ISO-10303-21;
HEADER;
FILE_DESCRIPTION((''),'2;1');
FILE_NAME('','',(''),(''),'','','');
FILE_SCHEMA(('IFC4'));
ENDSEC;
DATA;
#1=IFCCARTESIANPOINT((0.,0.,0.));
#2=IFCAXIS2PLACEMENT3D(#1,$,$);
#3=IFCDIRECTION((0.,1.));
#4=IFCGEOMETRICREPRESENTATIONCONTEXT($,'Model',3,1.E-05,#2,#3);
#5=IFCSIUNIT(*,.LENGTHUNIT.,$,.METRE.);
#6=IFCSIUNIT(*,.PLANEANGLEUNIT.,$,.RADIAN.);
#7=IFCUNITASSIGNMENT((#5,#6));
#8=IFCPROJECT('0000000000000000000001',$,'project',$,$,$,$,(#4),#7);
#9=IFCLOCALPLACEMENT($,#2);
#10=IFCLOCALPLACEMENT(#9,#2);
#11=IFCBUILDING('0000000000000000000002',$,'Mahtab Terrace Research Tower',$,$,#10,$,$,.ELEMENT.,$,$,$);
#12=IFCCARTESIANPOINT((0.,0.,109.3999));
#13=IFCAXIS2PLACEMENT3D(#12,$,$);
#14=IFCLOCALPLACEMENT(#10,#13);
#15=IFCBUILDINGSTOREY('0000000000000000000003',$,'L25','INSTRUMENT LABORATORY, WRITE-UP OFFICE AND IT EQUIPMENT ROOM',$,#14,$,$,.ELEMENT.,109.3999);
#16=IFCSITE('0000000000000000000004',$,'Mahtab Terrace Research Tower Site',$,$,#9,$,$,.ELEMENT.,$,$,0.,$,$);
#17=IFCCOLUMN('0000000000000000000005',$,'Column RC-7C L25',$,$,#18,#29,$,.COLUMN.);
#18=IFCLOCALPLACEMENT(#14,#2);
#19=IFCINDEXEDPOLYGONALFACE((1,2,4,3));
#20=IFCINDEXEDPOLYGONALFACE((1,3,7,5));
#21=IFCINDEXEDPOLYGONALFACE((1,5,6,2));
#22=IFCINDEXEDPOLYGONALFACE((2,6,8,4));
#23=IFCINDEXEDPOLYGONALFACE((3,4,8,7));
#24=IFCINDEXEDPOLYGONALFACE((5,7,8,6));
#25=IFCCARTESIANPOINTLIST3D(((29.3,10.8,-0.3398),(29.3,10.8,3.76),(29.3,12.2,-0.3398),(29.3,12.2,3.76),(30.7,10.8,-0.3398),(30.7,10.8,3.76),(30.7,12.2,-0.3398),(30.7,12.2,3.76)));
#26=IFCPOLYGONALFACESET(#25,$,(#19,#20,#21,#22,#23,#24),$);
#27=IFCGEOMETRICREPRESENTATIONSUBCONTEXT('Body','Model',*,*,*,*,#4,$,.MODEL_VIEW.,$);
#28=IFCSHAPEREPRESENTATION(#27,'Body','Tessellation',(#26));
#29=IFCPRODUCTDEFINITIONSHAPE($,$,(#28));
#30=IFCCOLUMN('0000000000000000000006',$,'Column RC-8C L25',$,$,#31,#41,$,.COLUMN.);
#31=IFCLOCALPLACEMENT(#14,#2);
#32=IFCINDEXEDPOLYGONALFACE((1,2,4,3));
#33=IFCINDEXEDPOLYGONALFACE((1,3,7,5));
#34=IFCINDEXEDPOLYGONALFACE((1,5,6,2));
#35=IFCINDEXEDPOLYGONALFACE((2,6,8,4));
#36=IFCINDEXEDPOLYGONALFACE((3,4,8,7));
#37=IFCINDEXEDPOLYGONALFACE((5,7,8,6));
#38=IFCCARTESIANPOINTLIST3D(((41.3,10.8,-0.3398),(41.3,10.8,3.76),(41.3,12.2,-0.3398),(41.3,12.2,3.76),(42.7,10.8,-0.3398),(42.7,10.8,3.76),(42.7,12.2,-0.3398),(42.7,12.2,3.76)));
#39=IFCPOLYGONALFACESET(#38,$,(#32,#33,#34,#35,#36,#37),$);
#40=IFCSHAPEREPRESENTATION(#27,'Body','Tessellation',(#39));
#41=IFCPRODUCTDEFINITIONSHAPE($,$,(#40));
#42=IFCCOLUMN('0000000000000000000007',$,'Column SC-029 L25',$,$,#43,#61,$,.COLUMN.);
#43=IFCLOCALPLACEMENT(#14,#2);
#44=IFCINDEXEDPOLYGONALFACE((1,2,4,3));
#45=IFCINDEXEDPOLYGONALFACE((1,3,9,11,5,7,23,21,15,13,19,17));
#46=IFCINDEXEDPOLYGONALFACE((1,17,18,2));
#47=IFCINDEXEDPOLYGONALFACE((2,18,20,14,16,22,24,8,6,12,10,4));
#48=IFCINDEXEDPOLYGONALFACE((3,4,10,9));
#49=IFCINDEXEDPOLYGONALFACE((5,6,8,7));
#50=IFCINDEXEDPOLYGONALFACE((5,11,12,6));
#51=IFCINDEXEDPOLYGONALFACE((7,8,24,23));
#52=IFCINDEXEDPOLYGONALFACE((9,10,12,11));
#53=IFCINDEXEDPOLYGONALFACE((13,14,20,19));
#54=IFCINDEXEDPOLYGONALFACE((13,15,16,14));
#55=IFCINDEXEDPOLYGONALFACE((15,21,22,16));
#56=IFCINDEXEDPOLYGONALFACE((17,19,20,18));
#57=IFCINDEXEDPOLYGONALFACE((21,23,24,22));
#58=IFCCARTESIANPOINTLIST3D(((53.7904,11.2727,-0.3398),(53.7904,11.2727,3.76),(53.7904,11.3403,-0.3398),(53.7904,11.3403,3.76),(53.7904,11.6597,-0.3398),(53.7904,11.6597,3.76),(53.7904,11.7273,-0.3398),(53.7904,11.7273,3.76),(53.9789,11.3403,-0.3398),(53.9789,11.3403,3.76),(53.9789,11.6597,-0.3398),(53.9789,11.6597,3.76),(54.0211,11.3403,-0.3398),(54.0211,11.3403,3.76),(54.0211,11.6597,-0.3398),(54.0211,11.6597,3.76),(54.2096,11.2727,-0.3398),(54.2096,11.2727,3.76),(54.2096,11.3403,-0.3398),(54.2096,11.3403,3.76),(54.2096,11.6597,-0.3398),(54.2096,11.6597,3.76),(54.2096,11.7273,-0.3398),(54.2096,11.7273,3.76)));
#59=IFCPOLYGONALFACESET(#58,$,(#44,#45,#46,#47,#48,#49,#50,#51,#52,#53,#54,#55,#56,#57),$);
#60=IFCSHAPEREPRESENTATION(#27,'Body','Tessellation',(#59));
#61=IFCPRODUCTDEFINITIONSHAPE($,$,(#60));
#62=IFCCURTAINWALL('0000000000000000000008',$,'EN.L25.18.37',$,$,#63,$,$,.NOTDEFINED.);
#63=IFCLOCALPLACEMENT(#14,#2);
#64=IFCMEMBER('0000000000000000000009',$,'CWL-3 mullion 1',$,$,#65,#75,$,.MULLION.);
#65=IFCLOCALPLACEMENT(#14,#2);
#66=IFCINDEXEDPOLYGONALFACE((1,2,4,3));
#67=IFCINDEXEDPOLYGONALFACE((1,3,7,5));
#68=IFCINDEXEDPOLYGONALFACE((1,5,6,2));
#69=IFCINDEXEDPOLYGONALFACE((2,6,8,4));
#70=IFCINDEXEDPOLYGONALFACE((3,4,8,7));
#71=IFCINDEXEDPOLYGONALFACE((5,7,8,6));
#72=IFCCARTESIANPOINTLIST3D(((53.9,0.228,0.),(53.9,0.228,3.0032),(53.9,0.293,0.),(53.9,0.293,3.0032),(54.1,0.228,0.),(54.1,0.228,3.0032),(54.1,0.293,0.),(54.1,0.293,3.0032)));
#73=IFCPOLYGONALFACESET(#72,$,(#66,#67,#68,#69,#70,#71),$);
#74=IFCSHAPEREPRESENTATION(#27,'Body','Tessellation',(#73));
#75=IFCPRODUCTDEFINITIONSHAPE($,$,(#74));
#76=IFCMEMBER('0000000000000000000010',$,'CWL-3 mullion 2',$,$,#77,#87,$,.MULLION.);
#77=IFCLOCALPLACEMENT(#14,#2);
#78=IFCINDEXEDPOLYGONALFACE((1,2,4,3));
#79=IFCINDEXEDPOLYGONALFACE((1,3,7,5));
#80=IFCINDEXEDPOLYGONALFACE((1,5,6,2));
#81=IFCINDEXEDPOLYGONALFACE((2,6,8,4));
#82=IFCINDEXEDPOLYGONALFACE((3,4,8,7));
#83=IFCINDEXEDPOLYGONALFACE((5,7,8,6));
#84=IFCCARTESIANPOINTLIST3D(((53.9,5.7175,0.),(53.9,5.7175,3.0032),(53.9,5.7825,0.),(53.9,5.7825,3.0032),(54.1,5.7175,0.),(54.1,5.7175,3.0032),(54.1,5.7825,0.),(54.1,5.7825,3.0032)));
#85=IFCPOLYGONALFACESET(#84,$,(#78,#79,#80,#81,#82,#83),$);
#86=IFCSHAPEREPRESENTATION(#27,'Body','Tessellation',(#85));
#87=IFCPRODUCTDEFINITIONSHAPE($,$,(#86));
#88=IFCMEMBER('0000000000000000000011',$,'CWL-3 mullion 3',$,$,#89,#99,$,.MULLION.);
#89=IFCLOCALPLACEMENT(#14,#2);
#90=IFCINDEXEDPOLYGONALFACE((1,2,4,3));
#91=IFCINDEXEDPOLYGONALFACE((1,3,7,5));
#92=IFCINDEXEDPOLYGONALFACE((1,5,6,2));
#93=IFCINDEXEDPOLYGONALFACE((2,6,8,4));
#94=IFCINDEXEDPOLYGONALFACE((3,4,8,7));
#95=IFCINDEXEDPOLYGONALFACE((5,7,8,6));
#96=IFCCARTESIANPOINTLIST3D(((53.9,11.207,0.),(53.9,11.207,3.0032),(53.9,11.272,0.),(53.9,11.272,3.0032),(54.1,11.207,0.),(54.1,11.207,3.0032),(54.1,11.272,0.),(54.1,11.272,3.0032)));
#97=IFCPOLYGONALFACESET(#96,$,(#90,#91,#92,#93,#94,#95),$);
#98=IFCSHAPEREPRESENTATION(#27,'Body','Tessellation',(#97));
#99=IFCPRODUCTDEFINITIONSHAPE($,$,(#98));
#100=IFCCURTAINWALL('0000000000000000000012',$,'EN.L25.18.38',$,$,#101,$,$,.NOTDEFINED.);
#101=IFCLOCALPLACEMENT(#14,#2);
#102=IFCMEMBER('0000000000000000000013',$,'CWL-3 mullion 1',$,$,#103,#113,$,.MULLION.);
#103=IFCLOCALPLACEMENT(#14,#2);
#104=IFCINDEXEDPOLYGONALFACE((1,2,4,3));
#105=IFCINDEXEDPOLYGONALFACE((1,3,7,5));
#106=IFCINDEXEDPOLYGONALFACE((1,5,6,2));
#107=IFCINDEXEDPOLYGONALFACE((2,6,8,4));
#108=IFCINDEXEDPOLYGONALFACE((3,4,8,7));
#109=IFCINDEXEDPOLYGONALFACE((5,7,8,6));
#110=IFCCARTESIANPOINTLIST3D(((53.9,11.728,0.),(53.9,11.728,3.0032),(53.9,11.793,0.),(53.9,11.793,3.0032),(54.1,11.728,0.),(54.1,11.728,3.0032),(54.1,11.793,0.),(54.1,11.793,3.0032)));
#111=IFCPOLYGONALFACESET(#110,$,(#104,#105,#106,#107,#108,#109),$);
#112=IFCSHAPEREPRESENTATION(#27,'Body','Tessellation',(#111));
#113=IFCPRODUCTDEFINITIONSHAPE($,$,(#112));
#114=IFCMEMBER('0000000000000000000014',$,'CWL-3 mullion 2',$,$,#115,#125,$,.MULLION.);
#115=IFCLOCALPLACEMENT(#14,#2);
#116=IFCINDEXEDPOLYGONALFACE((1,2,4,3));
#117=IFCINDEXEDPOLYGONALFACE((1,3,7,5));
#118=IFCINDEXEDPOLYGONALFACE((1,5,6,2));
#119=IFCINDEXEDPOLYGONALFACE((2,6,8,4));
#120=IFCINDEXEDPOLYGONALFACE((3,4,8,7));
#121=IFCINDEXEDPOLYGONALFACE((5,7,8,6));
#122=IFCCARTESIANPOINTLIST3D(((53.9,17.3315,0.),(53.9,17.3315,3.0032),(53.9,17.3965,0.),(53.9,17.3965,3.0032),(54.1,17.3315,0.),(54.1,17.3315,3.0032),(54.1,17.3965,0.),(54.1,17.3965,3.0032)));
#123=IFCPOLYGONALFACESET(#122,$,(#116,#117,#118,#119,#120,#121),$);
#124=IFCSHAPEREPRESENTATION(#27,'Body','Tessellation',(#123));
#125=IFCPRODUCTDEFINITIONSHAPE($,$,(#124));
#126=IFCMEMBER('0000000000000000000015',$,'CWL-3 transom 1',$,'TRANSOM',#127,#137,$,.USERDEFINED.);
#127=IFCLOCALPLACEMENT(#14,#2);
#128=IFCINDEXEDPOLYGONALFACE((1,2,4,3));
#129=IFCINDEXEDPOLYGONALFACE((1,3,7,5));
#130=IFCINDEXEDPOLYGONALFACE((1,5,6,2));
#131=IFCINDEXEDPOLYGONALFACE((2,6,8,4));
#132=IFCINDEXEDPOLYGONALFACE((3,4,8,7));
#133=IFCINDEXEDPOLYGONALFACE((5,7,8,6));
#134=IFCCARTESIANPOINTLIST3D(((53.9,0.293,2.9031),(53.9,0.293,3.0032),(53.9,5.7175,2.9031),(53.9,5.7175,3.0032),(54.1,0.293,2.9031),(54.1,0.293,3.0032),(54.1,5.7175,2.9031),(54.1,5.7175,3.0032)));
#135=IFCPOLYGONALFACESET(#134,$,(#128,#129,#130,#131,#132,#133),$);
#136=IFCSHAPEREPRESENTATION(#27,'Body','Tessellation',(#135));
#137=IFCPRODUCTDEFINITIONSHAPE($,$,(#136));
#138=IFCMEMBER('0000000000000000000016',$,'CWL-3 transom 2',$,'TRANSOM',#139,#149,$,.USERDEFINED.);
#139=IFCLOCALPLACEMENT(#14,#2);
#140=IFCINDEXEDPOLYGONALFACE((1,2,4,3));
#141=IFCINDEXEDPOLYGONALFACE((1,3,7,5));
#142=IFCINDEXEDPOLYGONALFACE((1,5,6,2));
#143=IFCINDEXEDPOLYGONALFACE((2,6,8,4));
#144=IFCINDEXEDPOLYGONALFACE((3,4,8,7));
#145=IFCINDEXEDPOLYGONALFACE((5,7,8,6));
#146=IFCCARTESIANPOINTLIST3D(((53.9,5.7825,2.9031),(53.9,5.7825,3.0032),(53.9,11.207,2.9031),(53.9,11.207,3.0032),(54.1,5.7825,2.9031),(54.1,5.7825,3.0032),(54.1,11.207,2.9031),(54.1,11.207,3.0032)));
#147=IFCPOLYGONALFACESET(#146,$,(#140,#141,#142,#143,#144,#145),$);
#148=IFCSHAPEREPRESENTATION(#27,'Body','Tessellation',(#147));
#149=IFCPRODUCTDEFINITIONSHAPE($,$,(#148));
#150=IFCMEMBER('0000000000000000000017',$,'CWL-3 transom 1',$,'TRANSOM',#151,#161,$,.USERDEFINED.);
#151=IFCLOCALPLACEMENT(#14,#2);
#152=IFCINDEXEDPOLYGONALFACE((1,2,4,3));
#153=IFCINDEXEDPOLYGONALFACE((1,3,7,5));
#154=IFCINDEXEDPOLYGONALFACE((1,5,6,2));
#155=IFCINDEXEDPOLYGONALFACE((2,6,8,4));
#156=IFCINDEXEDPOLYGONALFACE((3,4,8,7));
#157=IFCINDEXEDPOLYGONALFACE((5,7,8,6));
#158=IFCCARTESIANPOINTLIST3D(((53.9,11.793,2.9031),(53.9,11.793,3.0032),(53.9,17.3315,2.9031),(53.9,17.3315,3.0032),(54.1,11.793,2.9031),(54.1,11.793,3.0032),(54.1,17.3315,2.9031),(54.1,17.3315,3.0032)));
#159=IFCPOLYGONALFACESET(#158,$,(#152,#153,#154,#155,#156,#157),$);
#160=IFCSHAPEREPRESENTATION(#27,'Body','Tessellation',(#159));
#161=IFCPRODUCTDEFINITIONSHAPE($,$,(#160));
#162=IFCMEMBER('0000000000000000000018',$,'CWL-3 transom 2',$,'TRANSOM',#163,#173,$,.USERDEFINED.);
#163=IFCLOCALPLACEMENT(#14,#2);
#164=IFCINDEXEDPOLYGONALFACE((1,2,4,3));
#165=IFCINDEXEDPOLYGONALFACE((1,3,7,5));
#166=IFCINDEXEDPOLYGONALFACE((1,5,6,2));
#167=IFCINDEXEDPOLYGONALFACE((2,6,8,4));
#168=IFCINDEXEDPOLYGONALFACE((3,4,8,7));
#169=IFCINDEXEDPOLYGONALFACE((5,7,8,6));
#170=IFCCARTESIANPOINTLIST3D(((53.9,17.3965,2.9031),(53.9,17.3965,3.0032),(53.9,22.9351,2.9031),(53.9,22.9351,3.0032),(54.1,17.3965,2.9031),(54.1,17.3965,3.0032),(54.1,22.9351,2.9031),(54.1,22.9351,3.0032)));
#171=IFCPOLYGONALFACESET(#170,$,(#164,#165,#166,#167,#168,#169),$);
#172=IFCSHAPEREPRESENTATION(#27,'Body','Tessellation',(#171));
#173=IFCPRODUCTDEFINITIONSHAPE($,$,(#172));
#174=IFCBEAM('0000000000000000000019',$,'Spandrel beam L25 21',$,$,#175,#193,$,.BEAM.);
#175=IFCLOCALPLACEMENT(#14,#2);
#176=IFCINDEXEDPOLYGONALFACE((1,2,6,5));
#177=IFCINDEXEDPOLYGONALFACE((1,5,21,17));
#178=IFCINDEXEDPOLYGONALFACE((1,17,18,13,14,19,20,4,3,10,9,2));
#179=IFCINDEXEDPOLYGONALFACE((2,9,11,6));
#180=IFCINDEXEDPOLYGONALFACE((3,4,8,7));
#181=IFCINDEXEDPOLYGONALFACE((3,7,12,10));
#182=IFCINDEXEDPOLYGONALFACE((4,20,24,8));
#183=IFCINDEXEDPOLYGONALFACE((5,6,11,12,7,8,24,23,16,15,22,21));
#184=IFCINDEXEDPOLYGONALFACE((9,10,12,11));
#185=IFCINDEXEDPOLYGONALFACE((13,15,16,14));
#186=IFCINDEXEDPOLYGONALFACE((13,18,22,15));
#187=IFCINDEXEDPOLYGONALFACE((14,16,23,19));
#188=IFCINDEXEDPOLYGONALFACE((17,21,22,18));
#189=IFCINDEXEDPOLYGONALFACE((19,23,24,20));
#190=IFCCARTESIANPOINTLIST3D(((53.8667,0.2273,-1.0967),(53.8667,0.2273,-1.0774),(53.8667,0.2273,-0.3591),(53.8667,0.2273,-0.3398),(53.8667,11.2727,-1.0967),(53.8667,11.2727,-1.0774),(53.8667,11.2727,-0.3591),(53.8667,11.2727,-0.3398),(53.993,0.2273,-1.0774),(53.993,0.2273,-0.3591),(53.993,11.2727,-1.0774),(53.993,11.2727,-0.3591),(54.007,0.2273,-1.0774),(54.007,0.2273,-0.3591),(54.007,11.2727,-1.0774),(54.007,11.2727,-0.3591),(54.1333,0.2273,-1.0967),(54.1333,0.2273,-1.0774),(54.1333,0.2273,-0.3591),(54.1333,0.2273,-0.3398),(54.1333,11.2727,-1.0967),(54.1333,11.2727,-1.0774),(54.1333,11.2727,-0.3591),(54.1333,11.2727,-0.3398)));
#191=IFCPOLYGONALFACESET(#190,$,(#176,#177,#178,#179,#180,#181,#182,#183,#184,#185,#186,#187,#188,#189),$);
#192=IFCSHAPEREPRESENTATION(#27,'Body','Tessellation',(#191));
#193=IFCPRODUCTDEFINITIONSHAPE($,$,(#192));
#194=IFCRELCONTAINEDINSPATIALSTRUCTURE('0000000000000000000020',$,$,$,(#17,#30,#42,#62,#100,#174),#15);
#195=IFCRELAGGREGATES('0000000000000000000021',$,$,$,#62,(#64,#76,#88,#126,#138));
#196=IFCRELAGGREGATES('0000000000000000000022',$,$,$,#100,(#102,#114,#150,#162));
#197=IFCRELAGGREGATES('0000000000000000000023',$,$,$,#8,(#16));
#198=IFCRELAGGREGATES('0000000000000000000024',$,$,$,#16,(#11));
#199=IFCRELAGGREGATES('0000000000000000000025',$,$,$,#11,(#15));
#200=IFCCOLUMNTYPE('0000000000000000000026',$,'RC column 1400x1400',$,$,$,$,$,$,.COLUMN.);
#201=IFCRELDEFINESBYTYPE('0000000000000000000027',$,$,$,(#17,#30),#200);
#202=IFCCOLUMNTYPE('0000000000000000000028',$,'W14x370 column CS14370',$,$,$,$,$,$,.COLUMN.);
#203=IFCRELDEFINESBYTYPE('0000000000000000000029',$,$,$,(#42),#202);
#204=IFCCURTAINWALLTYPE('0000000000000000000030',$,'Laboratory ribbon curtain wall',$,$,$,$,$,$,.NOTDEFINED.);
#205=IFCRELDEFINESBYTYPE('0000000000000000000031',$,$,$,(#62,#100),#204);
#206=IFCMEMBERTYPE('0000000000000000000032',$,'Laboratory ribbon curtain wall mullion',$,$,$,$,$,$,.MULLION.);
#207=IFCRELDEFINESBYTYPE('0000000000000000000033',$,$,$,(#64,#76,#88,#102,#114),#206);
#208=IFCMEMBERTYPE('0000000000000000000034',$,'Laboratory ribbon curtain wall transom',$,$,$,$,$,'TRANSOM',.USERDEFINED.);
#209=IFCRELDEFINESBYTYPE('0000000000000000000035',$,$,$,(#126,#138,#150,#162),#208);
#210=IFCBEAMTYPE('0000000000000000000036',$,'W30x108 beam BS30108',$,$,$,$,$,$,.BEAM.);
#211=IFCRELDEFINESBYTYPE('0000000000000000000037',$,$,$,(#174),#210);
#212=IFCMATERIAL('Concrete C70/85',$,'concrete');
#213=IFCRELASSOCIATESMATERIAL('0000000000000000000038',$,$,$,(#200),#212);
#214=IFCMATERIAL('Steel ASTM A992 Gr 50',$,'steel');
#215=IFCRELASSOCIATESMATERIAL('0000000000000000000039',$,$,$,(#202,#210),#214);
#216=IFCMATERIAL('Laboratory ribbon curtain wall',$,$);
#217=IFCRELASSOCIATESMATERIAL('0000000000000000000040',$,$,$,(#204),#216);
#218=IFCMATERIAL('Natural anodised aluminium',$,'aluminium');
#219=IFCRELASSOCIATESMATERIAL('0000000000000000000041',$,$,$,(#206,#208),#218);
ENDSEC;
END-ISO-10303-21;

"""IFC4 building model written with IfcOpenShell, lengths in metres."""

from ifc_helpers import new_model, si_unit, direction, frame, origin, origin_2d, place, context, subcontext, project, spatial, rectangle, i_section, extrude, material, material_profile, profile_set, type_object, element, aggregate, save


model = new_model("IFC4")

# Units and contexts
model_context = context("Model", 3, precision=1e-05, world=origin(), true_north=direction((0.0, 1.0)))
body_context = subcontext(model_context, "Body", "Model", "MODEL_VIEW")
ifc_project = project(units=[si_unit("LENGTHUNIT", "METRE"), si_unit("PLANEANGLEUNIT", "RADIAN")], contexts=[model_context])

# Site, building, storey
site_placement = place(None, origin())
site = spatial("IfcSite", under=ifc_project, at=site_placement, Name="Mahtab Terrace Research Tower Site", CompositionType="ELEMENT", RefElevation=0.0)
building_placement = place(site_placement, origin())
building = spatial("IfcBuilding", under=site, at=building_placement, Name="Mahtab Terrace Research Tower", CompositionType="ELEMENT")
storey_placement = place(building_placement, frame((0.0, 0.0, 109.3999)))
storey = spatial("IfcBuildingStorey", under=building, at=storey_placement, Name="L25", Description="INSTRUMENT LABORATORY, WRITE-UP OFFICE AND IT EQUIPMENT ROOM", CompositionType="ELEMENT", Elevation=109.3999)

# Columns
ifc_material_1 = material(Name="Concrete C70/85", Category="concrete")
ifc_material_profile_1 = material_profile(ifc_material_1, rectangle(XDim=1.3999, YDim=1.3999, at=origin_2d()), Name="RC column 1400x1400")
ifc_profile_set_1 = profile_set([ifc_material_profile_1], Name="Concrete C70/85")
column_type_1 = type_object("IfcColumnType", Name="RC column 1400x1400", PredefinedType="COLUMN", material=ifc_profile_set_1)
for number, where, z_axis, x_axis, name in (
    (1, (30.0, 11.5, -0.3398), (0.0, 0.0, 1.0), (1.0, 0.0, 0.0), "Column RC-7C L25"),
    (2, (42.0, 11.5, -0.3398), (0.0, 0.0, 1.0), (1.0, 0.0, 0.0), "Column RC-8C L25"),
):
    element("IfcColumn", number, at=place(storey_placement, frame(where, z_axis=z_axis, x_axis=x_axis)), inside=storey, type_object=column_type_1, Name=name, PredefinedType="COLUMN", context=body_context, shape_type="SweptSolid", body=[
        extrude(rectangle(XDim=1.3999, YDim=1.3999, at=origin_2d()), origin(), (0.0, 0.0, 1.0), 4.0999),
    ])
ifc_material_2 = material(Name="Steel ASTM A992 Gr 50", Category="steel")
ifc_material_profile_2 = material_profile(ifc_material_2, i_section(OverallWidth=0.4192, OverallDepth=0.4546, WebThickness=0.0422, FlangeThickness=0.0676, at=origin_2d()), Name="W14X370")
ifc_profile_set_2 = profile_set([ifc_material_profile_2], Name="Steel ASTM A992 Gr 50")
column_type_2 = type_object("IfcColumnType", Name="W14x370 column CS14370", PredefinedType="COLUMN", material=ifc_profile_set_2)
column_placement = place(storey_placement, frame((54.0, 11.5, -0.3398), z_axis=(0.0, 0.0, 1.0), x_axis=(1.0, 0.0, 0.0)))
element("IfcColumn", 3, at=column_placement, inside=storey, type_object=column_type_2, Name="Column SC-029 L25", PredefinedType="COLUMN", context=body_context, shape_type="SweptSolid", body=[
    extrude(i_section(OverallWidth=0.4192, OverallDepth=0.4546, WebThickness=0.0422, FlangeThickness=0.0676, at=origin_2d()), origin(), (0.0, 0.0, 1.0), 4.0999),
])

# Curtain walls, members
ifc_material_3 = material(Name="Laboratory ribbon curtain wall")
curtain_wall_type = type_object("IfcCurtainWallType", Name="Laboratory ribbon curtain wall", PredefinedType="NOTDEFINED", material=ifc_material_3)
curtain_wall_1_placement = place(storey_placement, origin())
curtain_wall_1 = element("IfcCurtainWall", 4, at=curtain_wall_1_placement, inside=storey, type_object=curtain_wall_type, Name="EN.L25.18.37", PredefinedType="NOTDEFINED")
ifc_material_4 = material(Name="Natural anodised aluminium", Category="aluminium")
ifc_material_profile_3 = material_profile(ifc_material_4, rectangle(XDim=0.2, YDim=0.0649, at=origin_2d()), Name="MULLION 65x200")
ifc_profile_set_3 = profile_set([ifc_material_profile_3], Name="Natural anodised aluminium")
member_type_1 = type_object("IfcMemberType", Name="Laboratory ribbon curtain wall mullion", PredefinedType="MULLION", material=ifc_profile_set_3)
member_1_placement = place(storey_placement, frame((54.0, 0.2605, 0.0), z_axis=(0.0, 0.0, 1.0), x_axis=(-1.0, 0.0, 0.0)))
member_1 = element("IfcMember", 5, at=member_1_placement, type_object=member_type_1, Name="CWL-3 mullion 1", PredefinedType="MULLION", context=body_context, shape_type="SweptSolid", body=[
    extrude(rectangle(XDim=0.2, YDim=0.0649, at=origin_2d()), origin(), (0.0, 0.0, 1.0), 3.0032),
])
member_2_placement = place(storey_placement, frame((54.0, 5.75, 0.0), z_axis=(0.0, 0.0, 1.0), x_axis=(-1.0, 0.0, 0.0)))
member_2 = element("IfcMember", 6, at=member_2_placement, type_object=member_type_1, Name="CWL-3 mullion 2", PredefinedType="MULLION", context=body_context, shape_type="SweptSolid", body=[
    extrude(rectangle(XDim=0.2, YDim=0.0649, at=origin_2d()), origin(), (0.0, 0.0, 1.0), 3.0032),
])
member_3_placement = place(storey_placement, frame((54.0, 11.2395, 0.0), z_axis=(0.0, 0.0, 1.0), x_axis=(-1.0, 0.0, 0.0)))
member_3 = element("IfcMember", 7, at=member_3_placement, type_object=member_type_1, Name="CWL-3 mullion 3", PredefinedType="MULLION", context=body_context, shape_type="SweptSolid", body=[
    extrude(rectangle(XDim=0.2, YDim=0.0649, at=origin_2d()), origin(), (0.0, 0.0, 1.0), 3.0032),
])
curtain_wall_2_placement = place(storey_placement, origin())
curtain_wall_2 = element("IfcCurtainWall", 8, at=curtain_wall_2_placement, inside=storey, type_object=curtain_wall_type, Name="EN.L25.18.38", PredefinedType="NOTDEFINED")
member_4_placement = place(storey_placement, frame((54.0, 11.7605, 0.0), z_axis=(0.0, 0.0, 1.0), x_axis=(-1.0, 0.0, 0.0)))
member_4 = element("IfcMember", 9, at=member_4_placement, type_object=member_type_1, Name="CWL-3 mullion 1", PredefinedType="MULLION", context=body_context, shape_type="SweptSolid", body=[
    extrude(rectangle(XDim=0.2, YDim=0.0649, at=origin_2d()), origin(), (0.0, 0.0, 1.0), 3.0032),
])
member_5_placement = place(storey_placement, frame((54.0, 17.364, 0.0), z_axis=(0.0, 0.0, 1.0), x_axis=(-1.0, 0.0, 0.0)))
member_5 = element("IfcMember", 10, at=member_5_placement, type_object=member_type_1, Name="CWL-3 mullion 2", PredefinedType="MULLION", context=body_context, shape_type="SweptSolid", body=[
    extrude(rectangle(XDim=0.2, YDim=0.0649, at=origin_2d()), origin(), (0.0, 0.0, 1.0), 3.0032),
])

# Members
ifc_material_profile_4 = material_profile(ifc_material_4, rectangle(XDim=0.2, YDim=0.1001, at=origin_2d()), Name="TRANSOM 100x200")
ifc_profile_set_4 = profile_set([ifc_material_profile_4], Name="Natural anodised aluminium")
member_type_2 = type_object("IfcMemberType", Name="Laboratory ribbon curtain wall transom", ElementType="TRANSOM", PredefinedType="USERDEFINED", material=ifc_profile_set_4)
member_6_placement = place(storey_placement, frame((54.0, 0.293, 2.9531), z_axis=(0.0, 1.0, 0.0), x_axis=(-1.0, 0.0, 0.0)))
member_6 = element("IfcMember", 11, at=member_6_placement, type_object=member_type_2, Name="CWL-3 transom 1", ObjectType="TRANSOM", PredefinedType="USERDEFINED", context=body_context, shape_type="SweptSolid", body=[
    extrude(rectangle(XDim=0.2, YDim=0.1001, at=origin_2d()), origin(), (0.0, 0.0, 1.0), 5.4246),
])
member_7_placement = place(storey_placement, frame((54.0, 5.7825, 2.9531), z_axis=(0.0, 1.0, 0.0), x_axis=(-1.0, 0.0, 0.0)))
member_7 = element("IfcMember", 12, at=member_7_placement, type_object=member_type_2, Name="CWL-3 transom 2", ObjectType="TRANSOM", PredefinedType="USERDEFINED", context=body_context, shape_type="SweptSolid", body=[
    extrude(rectangle(XDim=0.2, YDim=0.1001, at=origin_2d()), origin(), (0.0, 0.0, 1.0), 5.4246),
])
member_8_placement = place(storey_placement, frame((54.0, 11.793, 2.9531), z_axis=(0.0, 1.0, 0.0), x_axis=(-1.0, 0.0, 0.0)))
member_8 = element("IfcMember", 13, at=member_8_placement, type_object=member_type_2, Name="CWL-3 transom 1", ObjectType="TRANSOM", PredefinedType="USERDEFINED", context=body_context, shape_type="SweptSolid", body=[
    extrude(rectangle(XDim=0.2, YDim=0.1001, at=origin_2d()), origin(), (0.0, 0.0, 1.0), 5.5386),
])
member_9_placement = place(storey_placement, frame((54.0, 17.3965, 2.9531), z_axis=(0.0, 1.0, 0.0), x_axis=(-1.0, 0.0, 0.0)))
member_9 = element("IfcMember", 14, at=member_9_placement, type_object=member_type_2, Name="CWL-3 transom 2", ObjectType="TRANSOM", PredefinedType="USERDEFINED", context=body_context, shape_type="SweptSolid", body=[
    extrude(rectangle(XDim=0.2, YDim=0.1001, at=origin_2d()), origin(), (0.0, 0.0, 1.0), 5.5386),
])

# Beam
ifc_material_profile_5 = material_profile(ifc_material_2, i_section(OverallWidth=0.2666, OverallDepth=0.7568, WebThickness=0.0139, FlangeThickness=0.0193, at=origin_2d()), Name="W30X108")
ifc_profile_set_5 = profile_set([ifc_material_profile_5], Name="Steel ASTM A992 Gr 50")
beam_type = type_object("IfcBeamType", Name="W30x108 beam BS30108", PredefinedType="BEAM", material=ifc_profile_set_5)
beam_1_placement = place(storey_placement, frame((54.0, 0.2273, -0.7183), z_axis=(0.0, 1.0, 0.0), x_axis=(-1.0, 0.0, 0.0)))
element("IfcBeam", 15, at=beam_1_placement, inside=storey, type_object=beam_type, Name="Spandrel beam L25 21", PredefinedType="BEAM", context=body_context, shape_type="SweptSolid", body=[
    extrude(i_section(OverallWidth=0.2666, OverallDepth=0.7568, WebThickness=0.0139, FlangeThickness=0.0193, at=origin_2d()), origin(), (0.0, 0.0, 1.0), 11.0454),
])

aggregate(curtain_wall_1, [member_1, member_2, member_3, member_6, member_7])
aggregate(curtain_wall_2, [member_4, member_5, member_8, member_9])

save(model, "model.ifc")
